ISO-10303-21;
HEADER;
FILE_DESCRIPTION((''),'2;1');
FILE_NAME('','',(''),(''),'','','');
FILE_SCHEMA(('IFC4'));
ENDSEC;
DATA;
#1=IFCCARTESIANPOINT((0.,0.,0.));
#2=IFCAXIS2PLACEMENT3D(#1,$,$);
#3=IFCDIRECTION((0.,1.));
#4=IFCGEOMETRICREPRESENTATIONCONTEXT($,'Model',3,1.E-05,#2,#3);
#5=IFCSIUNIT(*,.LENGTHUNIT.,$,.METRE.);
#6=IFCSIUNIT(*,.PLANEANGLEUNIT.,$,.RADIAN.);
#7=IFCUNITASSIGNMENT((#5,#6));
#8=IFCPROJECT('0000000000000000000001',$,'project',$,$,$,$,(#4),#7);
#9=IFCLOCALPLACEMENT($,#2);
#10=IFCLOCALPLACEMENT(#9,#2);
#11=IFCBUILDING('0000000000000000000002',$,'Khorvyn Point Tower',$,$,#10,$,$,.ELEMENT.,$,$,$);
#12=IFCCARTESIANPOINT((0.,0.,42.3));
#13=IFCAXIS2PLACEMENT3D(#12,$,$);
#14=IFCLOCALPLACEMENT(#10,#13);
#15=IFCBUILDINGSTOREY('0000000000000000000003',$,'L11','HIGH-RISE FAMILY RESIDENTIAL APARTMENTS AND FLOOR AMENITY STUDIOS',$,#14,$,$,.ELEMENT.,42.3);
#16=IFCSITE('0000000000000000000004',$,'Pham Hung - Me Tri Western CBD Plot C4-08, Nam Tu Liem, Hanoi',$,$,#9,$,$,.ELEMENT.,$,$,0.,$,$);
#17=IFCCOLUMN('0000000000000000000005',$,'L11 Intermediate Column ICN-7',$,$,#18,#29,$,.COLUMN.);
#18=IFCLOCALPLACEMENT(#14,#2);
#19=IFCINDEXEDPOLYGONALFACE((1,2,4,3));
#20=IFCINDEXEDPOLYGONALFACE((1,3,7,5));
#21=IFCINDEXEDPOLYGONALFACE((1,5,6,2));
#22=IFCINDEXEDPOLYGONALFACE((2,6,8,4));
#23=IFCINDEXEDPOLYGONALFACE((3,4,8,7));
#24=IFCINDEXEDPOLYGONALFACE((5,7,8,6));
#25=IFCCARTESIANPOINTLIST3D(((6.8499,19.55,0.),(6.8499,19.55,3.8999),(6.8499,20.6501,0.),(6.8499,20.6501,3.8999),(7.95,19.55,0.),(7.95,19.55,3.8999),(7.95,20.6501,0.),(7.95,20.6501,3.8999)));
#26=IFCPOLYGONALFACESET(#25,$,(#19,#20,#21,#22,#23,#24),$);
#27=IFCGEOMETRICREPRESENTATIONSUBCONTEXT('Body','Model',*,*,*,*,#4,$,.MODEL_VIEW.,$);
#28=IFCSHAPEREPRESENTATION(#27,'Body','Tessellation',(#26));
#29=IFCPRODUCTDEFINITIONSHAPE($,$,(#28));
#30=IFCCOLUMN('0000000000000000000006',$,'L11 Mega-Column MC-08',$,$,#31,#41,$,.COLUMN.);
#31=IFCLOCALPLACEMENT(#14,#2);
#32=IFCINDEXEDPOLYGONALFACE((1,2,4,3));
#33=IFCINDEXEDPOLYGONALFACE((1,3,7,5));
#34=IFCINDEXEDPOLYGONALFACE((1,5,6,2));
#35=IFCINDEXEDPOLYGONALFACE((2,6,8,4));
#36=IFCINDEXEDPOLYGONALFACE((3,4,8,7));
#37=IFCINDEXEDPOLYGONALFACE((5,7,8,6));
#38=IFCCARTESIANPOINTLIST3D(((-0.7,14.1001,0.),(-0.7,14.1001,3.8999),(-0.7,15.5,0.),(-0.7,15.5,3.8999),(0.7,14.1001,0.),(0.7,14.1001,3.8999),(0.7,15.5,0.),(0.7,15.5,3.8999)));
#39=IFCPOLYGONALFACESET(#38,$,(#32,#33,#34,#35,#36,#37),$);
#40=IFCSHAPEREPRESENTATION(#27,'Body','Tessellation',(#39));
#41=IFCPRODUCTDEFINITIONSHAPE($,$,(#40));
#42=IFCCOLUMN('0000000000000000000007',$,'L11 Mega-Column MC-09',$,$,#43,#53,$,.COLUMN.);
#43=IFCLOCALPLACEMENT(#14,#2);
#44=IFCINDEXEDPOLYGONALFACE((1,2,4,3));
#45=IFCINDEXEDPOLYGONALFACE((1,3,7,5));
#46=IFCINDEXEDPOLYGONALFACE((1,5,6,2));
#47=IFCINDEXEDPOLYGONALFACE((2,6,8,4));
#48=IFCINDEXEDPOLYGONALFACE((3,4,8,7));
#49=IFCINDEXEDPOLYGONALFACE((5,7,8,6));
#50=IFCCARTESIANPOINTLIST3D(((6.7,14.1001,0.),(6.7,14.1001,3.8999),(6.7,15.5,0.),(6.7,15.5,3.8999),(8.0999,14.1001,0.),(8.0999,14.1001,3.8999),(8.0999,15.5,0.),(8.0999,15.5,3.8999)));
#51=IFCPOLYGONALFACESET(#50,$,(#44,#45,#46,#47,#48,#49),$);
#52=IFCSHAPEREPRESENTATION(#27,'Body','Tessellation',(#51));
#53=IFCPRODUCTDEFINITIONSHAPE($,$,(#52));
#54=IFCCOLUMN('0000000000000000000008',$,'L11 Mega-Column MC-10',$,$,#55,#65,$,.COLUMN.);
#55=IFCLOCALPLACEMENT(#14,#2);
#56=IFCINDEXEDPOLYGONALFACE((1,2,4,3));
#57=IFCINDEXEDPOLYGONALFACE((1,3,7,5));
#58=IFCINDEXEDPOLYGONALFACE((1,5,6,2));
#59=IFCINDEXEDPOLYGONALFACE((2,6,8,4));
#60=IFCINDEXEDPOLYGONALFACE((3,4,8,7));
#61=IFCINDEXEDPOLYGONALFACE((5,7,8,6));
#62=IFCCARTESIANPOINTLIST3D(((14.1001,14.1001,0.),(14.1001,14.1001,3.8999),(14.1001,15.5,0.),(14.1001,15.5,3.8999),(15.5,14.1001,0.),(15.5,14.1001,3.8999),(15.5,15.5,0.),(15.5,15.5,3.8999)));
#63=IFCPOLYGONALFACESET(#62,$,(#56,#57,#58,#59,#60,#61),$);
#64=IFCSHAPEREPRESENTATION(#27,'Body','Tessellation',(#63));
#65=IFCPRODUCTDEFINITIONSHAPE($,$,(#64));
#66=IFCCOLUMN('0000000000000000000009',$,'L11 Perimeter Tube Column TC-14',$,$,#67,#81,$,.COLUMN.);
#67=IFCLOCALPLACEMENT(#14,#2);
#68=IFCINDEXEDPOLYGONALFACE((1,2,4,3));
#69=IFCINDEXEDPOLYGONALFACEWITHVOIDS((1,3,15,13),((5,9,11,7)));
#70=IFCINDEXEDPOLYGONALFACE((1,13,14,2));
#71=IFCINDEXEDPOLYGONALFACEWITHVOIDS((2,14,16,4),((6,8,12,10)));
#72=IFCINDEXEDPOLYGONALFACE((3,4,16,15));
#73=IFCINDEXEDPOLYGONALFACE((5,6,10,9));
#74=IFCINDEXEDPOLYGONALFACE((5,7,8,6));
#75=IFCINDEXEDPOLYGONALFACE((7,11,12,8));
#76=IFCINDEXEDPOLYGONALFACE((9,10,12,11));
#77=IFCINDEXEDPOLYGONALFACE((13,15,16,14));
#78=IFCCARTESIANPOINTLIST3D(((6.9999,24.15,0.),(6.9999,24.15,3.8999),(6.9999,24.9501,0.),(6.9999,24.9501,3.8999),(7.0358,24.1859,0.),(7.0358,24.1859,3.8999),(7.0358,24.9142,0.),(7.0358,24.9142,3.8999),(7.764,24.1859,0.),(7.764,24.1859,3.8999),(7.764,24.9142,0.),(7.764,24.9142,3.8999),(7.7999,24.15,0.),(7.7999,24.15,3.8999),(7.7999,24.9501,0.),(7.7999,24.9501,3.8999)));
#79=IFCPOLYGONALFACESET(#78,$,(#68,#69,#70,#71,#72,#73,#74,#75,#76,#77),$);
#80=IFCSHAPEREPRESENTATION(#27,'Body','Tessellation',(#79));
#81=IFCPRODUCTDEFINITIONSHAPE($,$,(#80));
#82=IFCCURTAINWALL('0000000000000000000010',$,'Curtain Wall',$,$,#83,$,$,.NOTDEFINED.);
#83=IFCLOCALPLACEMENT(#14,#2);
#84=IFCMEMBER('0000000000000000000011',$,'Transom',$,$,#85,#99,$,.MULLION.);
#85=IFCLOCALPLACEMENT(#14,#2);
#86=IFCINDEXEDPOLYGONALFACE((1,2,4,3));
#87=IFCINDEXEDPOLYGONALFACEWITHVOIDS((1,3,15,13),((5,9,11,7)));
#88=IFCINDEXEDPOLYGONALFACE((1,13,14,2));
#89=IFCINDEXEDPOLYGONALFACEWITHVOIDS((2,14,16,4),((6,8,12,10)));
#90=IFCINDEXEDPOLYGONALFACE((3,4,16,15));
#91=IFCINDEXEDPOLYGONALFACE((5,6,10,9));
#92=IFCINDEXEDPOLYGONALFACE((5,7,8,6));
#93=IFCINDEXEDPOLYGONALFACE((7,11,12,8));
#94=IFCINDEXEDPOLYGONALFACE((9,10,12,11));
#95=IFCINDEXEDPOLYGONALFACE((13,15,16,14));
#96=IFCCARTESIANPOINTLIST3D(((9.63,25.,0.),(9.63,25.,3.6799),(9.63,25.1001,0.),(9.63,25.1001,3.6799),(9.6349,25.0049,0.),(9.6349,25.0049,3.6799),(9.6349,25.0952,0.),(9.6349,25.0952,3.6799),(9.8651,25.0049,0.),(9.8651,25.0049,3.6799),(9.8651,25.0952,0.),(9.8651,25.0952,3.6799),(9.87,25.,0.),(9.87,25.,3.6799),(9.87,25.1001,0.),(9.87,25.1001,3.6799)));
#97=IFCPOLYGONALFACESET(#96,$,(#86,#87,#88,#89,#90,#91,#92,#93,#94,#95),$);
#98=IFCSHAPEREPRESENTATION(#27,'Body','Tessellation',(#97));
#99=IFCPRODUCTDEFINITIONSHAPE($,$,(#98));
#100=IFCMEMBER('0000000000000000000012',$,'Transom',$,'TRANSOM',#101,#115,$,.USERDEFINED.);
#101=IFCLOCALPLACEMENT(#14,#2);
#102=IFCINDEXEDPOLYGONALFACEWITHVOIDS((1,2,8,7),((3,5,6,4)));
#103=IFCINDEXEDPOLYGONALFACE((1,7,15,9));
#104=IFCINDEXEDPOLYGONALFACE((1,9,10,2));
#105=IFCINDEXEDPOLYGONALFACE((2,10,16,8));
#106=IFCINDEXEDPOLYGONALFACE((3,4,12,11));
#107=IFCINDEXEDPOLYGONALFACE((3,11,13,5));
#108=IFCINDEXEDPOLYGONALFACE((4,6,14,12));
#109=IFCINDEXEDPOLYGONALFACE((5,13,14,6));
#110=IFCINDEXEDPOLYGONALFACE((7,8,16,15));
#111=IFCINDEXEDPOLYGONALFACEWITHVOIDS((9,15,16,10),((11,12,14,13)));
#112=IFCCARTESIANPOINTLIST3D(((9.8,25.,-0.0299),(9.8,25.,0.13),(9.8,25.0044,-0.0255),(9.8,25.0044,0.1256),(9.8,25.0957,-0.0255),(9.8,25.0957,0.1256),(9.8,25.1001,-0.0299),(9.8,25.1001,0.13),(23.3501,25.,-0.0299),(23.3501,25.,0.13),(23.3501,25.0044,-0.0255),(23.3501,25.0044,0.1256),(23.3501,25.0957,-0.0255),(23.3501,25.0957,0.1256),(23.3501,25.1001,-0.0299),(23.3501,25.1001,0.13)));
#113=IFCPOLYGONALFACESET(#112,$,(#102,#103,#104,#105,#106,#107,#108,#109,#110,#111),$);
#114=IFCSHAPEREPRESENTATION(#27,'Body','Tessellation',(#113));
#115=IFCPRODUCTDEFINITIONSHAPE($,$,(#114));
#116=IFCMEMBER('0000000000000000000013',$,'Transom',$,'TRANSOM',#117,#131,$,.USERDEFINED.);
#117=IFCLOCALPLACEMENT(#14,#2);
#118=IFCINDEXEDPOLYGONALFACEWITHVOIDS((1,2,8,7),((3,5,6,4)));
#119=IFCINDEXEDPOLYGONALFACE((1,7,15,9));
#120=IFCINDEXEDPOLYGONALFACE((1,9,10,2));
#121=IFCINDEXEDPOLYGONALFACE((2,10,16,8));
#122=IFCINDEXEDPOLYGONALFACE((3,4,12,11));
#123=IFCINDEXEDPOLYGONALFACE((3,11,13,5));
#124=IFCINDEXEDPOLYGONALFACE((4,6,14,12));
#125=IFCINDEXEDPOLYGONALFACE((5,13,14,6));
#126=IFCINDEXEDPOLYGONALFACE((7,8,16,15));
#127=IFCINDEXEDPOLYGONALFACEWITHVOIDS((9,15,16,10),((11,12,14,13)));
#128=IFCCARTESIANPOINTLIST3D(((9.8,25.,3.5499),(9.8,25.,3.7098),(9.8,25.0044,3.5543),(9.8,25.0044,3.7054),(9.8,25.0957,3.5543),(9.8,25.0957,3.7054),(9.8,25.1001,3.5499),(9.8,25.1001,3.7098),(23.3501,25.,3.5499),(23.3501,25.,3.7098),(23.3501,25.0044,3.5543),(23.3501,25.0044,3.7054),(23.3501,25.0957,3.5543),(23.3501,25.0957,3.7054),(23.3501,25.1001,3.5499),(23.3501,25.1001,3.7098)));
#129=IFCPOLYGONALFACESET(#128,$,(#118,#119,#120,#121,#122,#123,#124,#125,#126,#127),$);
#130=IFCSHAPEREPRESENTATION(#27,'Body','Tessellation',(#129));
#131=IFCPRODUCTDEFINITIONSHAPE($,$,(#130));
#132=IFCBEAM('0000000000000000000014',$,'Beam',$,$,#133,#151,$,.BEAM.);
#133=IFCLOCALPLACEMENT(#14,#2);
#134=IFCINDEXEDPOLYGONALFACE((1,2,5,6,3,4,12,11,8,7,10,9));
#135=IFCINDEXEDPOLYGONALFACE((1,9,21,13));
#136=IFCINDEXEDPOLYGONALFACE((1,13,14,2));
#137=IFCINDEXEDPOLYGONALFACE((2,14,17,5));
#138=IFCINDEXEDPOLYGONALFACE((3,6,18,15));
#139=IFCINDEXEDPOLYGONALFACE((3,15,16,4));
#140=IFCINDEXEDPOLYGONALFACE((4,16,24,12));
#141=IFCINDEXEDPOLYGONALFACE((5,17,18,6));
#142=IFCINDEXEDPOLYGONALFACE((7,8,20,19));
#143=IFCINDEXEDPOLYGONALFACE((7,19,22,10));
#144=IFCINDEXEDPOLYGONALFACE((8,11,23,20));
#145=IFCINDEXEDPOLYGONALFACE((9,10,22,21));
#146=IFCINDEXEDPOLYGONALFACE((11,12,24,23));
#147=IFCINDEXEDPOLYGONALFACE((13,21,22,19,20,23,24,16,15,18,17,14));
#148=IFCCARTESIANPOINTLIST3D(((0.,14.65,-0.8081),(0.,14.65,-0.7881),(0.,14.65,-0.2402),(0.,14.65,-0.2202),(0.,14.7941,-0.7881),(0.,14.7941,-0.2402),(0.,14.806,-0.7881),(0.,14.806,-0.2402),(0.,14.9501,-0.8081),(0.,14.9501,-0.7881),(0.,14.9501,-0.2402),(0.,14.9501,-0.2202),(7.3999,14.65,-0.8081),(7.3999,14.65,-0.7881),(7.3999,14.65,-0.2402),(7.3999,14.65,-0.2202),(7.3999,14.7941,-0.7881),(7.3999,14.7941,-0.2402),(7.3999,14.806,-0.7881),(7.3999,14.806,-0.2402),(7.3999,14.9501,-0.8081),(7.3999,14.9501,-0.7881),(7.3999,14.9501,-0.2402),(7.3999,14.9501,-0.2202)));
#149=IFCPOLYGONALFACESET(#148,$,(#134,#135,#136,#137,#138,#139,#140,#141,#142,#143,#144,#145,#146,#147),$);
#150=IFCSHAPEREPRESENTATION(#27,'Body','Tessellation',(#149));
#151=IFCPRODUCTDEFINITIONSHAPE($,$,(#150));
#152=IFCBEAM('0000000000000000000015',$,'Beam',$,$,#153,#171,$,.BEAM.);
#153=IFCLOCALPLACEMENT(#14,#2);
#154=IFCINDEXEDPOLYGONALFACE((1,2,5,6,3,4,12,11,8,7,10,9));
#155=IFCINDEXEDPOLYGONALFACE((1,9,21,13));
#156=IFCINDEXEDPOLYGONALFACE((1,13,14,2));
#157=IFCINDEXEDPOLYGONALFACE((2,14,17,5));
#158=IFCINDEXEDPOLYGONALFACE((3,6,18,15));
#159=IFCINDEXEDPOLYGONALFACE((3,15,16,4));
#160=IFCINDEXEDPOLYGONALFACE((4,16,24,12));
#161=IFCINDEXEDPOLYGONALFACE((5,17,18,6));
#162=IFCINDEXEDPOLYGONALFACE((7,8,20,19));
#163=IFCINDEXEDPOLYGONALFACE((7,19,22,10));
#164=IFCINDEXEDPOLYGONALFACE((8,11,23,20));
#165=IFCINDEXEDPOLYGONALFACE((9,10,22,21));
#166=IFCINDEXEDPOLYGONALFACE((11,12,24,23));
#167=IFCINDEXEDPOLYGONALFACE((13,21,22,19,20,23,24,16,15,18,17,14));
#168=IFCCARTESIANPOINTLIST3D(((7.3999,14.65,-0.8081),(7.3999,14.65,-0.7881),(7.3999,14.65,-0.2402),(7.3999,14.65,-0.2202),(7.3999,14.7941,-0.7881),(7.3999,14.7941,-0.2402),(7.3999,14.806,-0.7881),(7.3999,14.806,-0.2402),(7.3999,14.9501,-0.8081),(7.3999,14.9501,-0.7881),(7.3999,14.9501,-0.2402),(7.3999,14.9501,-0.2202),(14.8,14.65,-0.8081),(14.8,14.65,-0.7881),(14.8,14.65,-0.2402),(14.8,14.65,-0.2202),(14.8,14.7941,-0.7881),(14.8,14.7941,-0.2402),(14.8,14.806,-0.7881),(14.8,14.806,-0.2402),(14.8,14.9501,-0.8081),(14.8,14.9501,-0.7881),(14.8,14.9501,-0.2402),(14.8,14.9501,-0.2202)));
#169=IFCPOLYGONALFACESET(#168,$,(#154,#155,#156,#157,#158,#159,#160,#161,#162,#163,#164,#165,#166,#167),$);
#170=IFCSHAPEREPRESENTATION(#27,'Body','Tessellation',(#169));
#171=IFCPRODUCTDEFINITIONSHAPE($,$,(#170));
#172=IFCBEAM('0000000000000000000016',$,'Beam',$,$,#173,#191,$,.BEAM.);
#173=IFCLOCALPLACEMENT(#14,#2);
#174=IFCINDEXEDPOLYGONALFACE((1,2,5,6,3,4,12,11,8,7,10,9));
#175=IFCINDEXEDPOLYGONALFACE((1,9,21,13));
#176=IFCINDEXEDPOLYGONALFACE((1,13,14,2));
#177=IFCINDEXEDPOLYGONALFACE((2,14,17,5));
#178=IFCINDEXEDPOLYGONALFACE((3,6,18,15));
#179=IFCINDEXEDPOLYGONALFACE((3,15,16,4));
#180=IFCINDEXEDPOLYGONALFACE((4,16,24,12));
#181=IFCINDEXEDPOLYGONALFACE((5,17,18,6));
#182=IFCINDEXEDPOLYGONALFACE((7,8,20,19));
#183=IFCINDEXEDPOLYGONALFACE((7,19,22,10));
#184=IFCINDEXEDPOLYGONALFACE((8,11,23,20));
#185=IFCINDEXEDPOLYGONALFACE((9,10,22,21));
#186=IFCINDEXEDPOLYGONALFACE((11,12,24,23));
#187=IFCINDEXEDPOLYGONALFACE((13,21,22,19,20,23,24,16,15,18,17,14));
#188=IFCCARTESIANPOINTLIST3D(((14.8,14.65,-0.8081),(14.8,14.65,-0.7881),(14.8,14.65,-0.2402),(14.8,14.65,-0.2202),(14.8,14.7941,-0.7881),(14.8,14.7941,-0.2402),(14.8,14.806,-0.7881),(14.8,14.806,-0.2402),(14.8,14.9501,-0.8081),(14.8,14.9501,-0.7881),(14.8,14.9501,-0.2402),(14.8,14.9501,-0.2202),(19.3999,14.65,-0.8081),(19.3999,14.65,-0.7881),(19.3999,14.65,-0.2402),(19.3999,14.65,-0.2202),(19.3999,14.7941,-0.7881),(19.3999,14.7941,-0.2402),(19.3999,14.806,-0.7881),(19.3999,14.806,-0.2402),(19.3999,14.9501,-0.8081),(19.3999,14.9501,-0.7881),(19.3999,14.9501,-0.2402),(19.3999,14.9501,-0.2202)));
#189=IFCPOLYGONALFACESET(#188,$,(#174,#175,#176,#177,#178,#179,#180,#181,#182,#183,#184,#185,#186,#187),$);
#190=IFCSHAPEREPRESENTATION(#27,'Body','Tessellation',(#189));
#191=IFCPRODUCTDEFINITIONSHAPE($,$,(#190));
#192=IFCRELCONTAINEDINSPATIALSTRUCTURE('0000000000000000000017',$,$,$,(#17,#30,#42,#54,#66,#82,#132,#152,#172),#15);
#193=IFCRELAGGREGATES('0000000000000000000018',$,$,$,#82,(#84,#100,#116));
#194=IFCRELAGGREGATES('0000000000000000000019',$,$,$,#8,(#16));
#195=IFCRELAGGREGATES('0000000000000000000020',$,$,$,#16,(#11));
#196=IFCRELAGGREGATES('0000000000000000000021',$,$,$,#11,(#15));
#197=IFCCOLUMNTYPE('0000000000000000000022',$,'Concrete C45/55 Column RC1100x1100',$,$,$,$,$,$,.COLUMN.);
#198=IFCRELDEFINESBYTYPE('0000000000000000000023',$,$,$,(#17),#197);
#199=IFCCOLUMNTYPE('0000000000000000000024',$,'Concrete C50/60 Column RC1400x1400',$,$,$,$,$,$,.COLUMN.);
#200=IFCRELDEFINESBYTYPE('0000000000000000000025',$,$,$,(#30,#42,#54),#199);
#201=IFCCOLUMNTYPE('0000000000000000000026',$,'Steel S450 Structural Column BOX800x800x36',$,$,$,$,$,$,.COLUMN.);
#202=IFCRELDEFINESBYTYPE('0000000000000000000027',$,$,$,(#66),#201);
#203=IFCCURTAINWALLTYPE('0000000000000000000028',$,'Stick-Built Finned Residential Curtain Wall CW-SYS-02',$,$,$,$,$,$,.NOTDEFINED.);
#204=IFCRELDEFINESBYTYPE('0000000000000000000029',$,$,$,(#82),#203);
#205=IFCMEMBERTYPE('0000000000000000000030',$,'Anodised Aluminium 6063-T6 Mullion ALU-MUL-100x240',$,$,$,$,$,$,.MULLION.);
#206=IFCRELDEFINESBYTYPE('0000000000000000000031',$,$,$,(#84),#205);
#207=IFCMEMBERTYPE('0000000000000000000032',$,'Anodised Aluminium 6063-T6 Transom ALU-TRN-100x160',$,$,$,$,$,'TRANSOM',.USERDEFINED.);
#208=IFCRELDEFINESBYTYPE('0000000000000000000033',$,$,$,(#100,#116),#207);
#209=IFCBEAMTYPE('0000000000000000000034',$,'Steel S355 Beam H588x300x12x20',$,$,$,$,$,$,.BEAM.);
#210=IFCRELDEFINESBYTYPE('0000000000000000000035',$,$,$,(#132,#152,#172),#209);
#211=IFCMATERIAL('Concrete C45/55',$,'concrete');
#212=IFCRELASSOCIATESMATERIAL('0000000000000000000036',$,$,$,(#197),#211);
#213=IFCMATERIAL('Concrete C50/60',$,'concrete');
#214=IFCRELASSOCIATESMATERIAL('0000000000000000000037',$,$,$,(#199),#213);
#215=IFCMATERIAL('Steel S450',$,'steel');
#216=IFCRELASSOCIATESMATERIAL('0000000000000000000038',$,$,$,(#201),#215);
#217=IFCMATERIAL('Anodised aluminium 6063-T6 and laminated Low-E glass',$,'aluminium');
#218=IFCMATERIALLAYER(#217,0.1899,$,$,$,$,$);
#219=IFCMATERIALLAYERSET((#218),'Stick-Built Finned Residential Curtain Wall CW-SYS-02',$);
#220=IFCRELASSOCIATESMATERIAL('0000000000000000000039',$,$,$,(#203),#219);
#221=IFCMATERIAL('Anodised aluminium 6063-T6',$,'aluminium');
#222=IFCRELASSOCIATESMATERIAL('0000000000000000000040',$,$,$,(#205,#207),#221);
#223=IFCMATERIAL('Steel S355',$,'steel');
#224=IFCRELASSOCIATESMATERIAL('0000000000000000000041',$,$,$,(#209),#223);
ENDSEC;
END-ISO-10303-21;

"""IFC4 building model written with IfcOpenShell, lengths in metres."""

from ifc_helpers import new_model, si_unit, direction, frame, origin, origin_2d, place, context, subcontext, project, spatial, rectangle, hollow_rectangle, i_section, extrude, material, layer, layer_set, material_profile, profile_set, type_object, element, aggregate, save


model = new_model("IFC4")

# Units and contexts
model_context = context("Model", 3, precision=1e-05, world=origin(), true_north=direction((0.0, 1.0)))
body_context = subcontext(model_context, "Body", "Model", "MODEL_VIEW")
ifc_project = project(units=[si_unit("LENGTHUNIT", "METRE"), si_unit("PLANEANGLEUNIT", "RADIAN")], contexts=[model_context])

# Site, building, storey
site_placement = place(None, origin())
site = spatial("IfcSite", under=ifc_project, at=site_placement, Name="Pham Hung - Me Tri Western CBD Plot C4-08, Nam Tu Liem, Hanoi", CompositionType="ELEMENT", RefElevation=0.0)
building_placement = place(site_placement, origin())
building = spatial("IfcBuilding", under=site, at=building_placement, Name="Khorvyn Point Tower", CompositionType="ELEMENT")
storey_placement = place(building_placement, frame((0.0, 0.0, 42.3)))
storey = spatial("IfcBuildingStorey", under=building, at=storey_placement, Name="L11", Description="HIGH-RISE FAMILY RESIDENTIAL APARTMENTS AND FLOOR AMENITY STUDIOS", CompositionType="ELEMENT", Elevation=42.3)

# Columns
ifc_material_1 = material(Name="Concrete C45/55", Category="concrete")
ifc_material_profile_1 = material_profile(ifc_material_1, rectangle(XDim=1.1001, YDim=1.1001, at=origin_2d()))
ifc_profile_set_1 = profile_set([ifc_material_profile_1], Name="Concrete C45/55 RC1100x1100")
column_type_1 = type_object("IfcColumnType", Name="Concrete C45/55 Column RC1100x1100", PredefinedType="COLUMN", material=ifc_profile_set_1)
column_1_placement = place(storey_placement, frame((7.3999, 20.1001, 0.0), z_axis=(0.0, 0.0, 1.0), x_axis=(1.0, 0.0, 0.0)))
element("IfcColumn", 1, at=column_1_placement, inside=storey, type_object=column_type_1, Name="L11 Intermediate Column ICN-7", PredefinedType="COLUMN", context=body_context, shape_type="SweptSolid", body=[
    extrude(rectangle(XDim=1.1001, YDim=1.1001, at=origin_2d()), origin(), (0.0, 0.0, 1.0), 3.8999),
])
ifc_material_2 = material(Name="Concrete C50/60", Category="concrete")
ifc_material_profile_2 = material_profile(ifc_material_2, rectangle(XDim=1.3999, YDim=1.3999, at=origin_2d()))
ifc_profile_set_2 = profile_set([ifc_material_profile_2], Name="Concrete C50/60 RC1400x1400")
column_type_2 = type_object("IfcColumnType", Name="Concrete C50/60 Column RC1400x1400", PredefinedType="COLUMN", material=ifc_profile_set_2)
for number, where, z_axis, x_axis, name in (
    (2, (0.0, 14.8, 0.0), (0.0, 0.0, 1.0), (1.0, 0.0, 0.0), "L11 Mega-Column MC-08"),
    (3, (7.3999, 14.8, 0.0), (0.0, 0.0, 1.0), (1.0, 0.0, 0.0), "L11 Mega-Column MC-09"),
    (4, (14.8, 14.8, 0.0), (0.0, 0.0, 1.0), (1.0, 0.0, 0.0), "L11 Mega-Column MC-10"),
):
    element("IfcColumn", number, at=place(storey_placement, frame(where, z_axis=z_axis, x_axis=x_axis)), inside=storey, type_object=column_type_2, Name=name, PredefinedType="COLUMN", context=body_context, shape_type="SweptSolid", body=[
        extrude(rectangle(XDim=1.3999, YDim=1.3999, at=origin_2d()), origin(), (0.0, 0.0, 1.0), 3.8999),
    ])
ifc_material_3 = material(Name="Steel S450", Category="steel")
ifc_material_profile_3 = material_profile(ifc_material_3, hollow_rectangle(XDim=0.8, YDim=0.8, WallThickness=0.0359, at=origin_2d()))
ifc_profile_set_3 = profile_set([ifc_material_profile_3], Name="Steel S450 BOX800x800x36")
column_type_3 = type_object("IfcColumnType", Name="Steel S450 Structural Column BOX800x800x36", PredefinedType="COLUMN", material=ifc_profile_set_3)
column_2_placement = place(storey_placement, frame((7.3999, 24.55, 0.0), z_axis=(0.0, 0.0, 1.0), x_axis=(1.0, 0.0, 0.0)))
element("IfcColumn", 5, at=column_2_placement, inside=storey, type_object=column_type_3, Name="L11 Perimeter Tube Column TC-14", PredefinedType="COLUMN", context=body_context, shape_type="SweptSolid", body=[
    extrude(hollow_rectangle(XDim=0.8, YDim=0.8, WallThickness=0.0359, at=origin_2d()), origin(), (0.0, 0.0, 1.0), 3.8999),
])

# Curtain wall, members
ifc_material_4 = material(Name="Anodised aluminium 6063-T6 and laminated Low-E glass", Category="aluminium")
ifc_layer_1 = layer(ifc_material_4, 0.1899)
ifc_layer_set_1 = layer_set([ifc_layer_1], Name="Stick-Built Finned Residential Curtain Wall CW-SYS-02")
curtain_wall_type = type_object("IfcCurtainWallType", Name="Stick-Built Finned Residential Curtain Wall CW-SYS-02", PredefinedType="NOTDEFINED", material=ifc_layer_set_1)
curtain_wall_placement = place(storey_placement, origin())
curtain_wall = element("IfcCurtainWall", 6, at=curtain_wall_placement, inside=storey, type_object=curtain_wall_type, Name="Curtain Wall", PredefinedType="NOTDEFINED")
ifc_material_5 = material(Name="Anodised aluminium 6063-T6", Category="aluminium")
ifc_material_profile_4 = material_profile(ifc_material_5, hollow_rectangle(XDim=0.1001, YDim=0.24, WallThickness=0.0049, at=origin_2d()))
ifc_profile_set_4 = profile_set([ifc_material_profile_4], Name="Anodised aluminium 6063-T6 ALU-MUL-100x240")
member_type_1 = type_object("IfcMemberType", Name="Anodised Aluminium 6063-T6 Mullion ALU-MUL-100x240", PredefinedType="MULLION", material=ifc_profile_set_4)
member_1_placement = place(storey_placement, frame((9.75, 25.05, 0.0), z_axis=(0.0, 0.0, 1.0), x_axis=(0.0, 1.0, 0.0)))
member_1 = element("IfcMember", 7, at=member_1_placement, type_object=member_type_1, Name="Transom", PredefinedType="MULLION", context=body_context, shape_type="SweptSolid", body=[
    extrude(hollow_rectangle(XDim=0.1001, YDim=0.24, WallThickness=0.0049, at=origin_2d()), origin(), (0.0, 0.0, 1.0), 3.6799),
])
ifc_material_profile_5 = material_profile(ifc_material_5, hollow_rectangle(XDim=0.1001, YDim=0.1599, WallThickness=0.0044, at=origin_2d()))
ifc_profile_set_5 = profile_set([ifc_material_profile_5], Name="Anodised aluminium 6063-T6 ALU-TRN-100x160")
member_type_2 = type_object("IfcMemberType", Name="Anodised Aluminium 6063-T6 Transom ALU-TRN-100x160", ElementType="TRANSOM", PredefinedType="USERDEFINED", material=ifc_profile_set_5)
member_2_placement = place(storey_placement, frame((9.8, 25.05, 0.05), z_axis=(1.0, 0.0, 0.0), x_axis=(0.0, 1.0, 0.0)))
member_2 = element("IfcMember", 8, at=member_2_placement, type_object=member_type_2, Name="Transom", ObjectType="TRANSOM", PredefinedType="USERDEFINED", context=body_context, shape_type="SweptSolid", body=[
    extrude(hollow_rectangle(XDim=0.1001, YDim=0.1599, WallThickness=0.0044, at=origin_2d()), origin(), (0.0, 0.0, 1.0), 13.55),
])
member_3_placement = place(storey_placement, frame((9.8, 25.05, 3.6299), z_axis=(1.0, 0.0, 0.0), x_axis=(0.0, 1.0, 0.0)))
member_3 = element("IfcMember", 9, at=member_3_placement, type_object=member_type_2, Name="Transom", ObjectType="TRANSOM", PredefinedType="USERDEFINED", context=body_context, shape_type="SweptSolid", body=[
    extrude(hollow_rectangle(XDim=0.1001, YDim=0.1599, WallThickness=0.0044, at=origin_2d()), origin(), (0.0, 0.0, 1.0), 13.55),
])

# Beams
ifc_material_6 = material(Name="Steel S355", Category="steel")
ifc_material_profile_6 = material_profile(ifc_material_6, i_section(OverallWidth=0.3, OverallDepth=0.5879, WebThickness=0.012, FlangeThickness=0.02, at=origin_2d()))
ifc_profile_set_6 = profile_set([ifc_material_profile_6], Name="Steel S355 H588x300x12x20")
beam_type_1 = type_object("IfcBeamType", Name="Steel S355 Beam H588x300x12x20", PredefinedType="BEAM", material=ifc_profile_set_6)
beam_1_placement = place(storey_placement, frame((0.0, 14.8, -0.5142), z_axis=(1.0, 0.0, 0.0), x_axis=(0.0, 1.0, 0.0)))
element("IfcBeam", 10, at=beam_1_placement, inside=storey, type_object=beam_type_1, Name="Beam", PredefinedType="BEAM", context=body_context, shape_type="SweptSolid", body=[
    extrude(i_section(OverallWidth=0.3, OverallDepth=0.5879, WebThickness=0.012, FlangeThickness=0.02, at=origin_2d()), origin(), (0.0, 0.0, 1.0), 7.3999),
])
beam_2_placement = place(storey_placement, frame((7.3999, 14.8, -0.5142), z_axis=(1.0, 0.0, 0.0), x_axis=(0.0, 1.0, 0.0)))
element("IfcBeam", 11, at=beam_2_placement, inside=storey, type_object=beam_type_1, Name="Beam", PredefinedType="BEAM", context=body_context, shape_type="SweptSolid", body=[
    extrude(i_section(OverallWidth=0.3, OverallDepth=0.5879, WebThickness=0.012, FlangeThickness=0.02, at=origin_2d()), origin(), (0.0, 0.0, 1.0), 7.4001),
])
beam_3_placement = place(storey_placement, frame((14.8, 14.8, -0.5142), z_axis=(1.0, 0.0, 0.0), x_axis=(0.0, 1.0, 0.0)))
element("IfcBeam", 12, at=beam_3_placement, inside=storey, type_object=beam_type_1, Name="Beam", PredefinedType="BEAM", context=body_context, shape_type="SweptSolid", body=[
    extrude(i_section(OverallWidth=0.3, OverallDepth=0.5879, WebThickness=0.012, FlangeThickness=0.02, at=origin_2d()), origin(), (0.0, 0.0, 1.0), 4.5999),
])

aggregate(curtain_wall, [member_1, member_2, member_3])

save(model, "model.ifc")
